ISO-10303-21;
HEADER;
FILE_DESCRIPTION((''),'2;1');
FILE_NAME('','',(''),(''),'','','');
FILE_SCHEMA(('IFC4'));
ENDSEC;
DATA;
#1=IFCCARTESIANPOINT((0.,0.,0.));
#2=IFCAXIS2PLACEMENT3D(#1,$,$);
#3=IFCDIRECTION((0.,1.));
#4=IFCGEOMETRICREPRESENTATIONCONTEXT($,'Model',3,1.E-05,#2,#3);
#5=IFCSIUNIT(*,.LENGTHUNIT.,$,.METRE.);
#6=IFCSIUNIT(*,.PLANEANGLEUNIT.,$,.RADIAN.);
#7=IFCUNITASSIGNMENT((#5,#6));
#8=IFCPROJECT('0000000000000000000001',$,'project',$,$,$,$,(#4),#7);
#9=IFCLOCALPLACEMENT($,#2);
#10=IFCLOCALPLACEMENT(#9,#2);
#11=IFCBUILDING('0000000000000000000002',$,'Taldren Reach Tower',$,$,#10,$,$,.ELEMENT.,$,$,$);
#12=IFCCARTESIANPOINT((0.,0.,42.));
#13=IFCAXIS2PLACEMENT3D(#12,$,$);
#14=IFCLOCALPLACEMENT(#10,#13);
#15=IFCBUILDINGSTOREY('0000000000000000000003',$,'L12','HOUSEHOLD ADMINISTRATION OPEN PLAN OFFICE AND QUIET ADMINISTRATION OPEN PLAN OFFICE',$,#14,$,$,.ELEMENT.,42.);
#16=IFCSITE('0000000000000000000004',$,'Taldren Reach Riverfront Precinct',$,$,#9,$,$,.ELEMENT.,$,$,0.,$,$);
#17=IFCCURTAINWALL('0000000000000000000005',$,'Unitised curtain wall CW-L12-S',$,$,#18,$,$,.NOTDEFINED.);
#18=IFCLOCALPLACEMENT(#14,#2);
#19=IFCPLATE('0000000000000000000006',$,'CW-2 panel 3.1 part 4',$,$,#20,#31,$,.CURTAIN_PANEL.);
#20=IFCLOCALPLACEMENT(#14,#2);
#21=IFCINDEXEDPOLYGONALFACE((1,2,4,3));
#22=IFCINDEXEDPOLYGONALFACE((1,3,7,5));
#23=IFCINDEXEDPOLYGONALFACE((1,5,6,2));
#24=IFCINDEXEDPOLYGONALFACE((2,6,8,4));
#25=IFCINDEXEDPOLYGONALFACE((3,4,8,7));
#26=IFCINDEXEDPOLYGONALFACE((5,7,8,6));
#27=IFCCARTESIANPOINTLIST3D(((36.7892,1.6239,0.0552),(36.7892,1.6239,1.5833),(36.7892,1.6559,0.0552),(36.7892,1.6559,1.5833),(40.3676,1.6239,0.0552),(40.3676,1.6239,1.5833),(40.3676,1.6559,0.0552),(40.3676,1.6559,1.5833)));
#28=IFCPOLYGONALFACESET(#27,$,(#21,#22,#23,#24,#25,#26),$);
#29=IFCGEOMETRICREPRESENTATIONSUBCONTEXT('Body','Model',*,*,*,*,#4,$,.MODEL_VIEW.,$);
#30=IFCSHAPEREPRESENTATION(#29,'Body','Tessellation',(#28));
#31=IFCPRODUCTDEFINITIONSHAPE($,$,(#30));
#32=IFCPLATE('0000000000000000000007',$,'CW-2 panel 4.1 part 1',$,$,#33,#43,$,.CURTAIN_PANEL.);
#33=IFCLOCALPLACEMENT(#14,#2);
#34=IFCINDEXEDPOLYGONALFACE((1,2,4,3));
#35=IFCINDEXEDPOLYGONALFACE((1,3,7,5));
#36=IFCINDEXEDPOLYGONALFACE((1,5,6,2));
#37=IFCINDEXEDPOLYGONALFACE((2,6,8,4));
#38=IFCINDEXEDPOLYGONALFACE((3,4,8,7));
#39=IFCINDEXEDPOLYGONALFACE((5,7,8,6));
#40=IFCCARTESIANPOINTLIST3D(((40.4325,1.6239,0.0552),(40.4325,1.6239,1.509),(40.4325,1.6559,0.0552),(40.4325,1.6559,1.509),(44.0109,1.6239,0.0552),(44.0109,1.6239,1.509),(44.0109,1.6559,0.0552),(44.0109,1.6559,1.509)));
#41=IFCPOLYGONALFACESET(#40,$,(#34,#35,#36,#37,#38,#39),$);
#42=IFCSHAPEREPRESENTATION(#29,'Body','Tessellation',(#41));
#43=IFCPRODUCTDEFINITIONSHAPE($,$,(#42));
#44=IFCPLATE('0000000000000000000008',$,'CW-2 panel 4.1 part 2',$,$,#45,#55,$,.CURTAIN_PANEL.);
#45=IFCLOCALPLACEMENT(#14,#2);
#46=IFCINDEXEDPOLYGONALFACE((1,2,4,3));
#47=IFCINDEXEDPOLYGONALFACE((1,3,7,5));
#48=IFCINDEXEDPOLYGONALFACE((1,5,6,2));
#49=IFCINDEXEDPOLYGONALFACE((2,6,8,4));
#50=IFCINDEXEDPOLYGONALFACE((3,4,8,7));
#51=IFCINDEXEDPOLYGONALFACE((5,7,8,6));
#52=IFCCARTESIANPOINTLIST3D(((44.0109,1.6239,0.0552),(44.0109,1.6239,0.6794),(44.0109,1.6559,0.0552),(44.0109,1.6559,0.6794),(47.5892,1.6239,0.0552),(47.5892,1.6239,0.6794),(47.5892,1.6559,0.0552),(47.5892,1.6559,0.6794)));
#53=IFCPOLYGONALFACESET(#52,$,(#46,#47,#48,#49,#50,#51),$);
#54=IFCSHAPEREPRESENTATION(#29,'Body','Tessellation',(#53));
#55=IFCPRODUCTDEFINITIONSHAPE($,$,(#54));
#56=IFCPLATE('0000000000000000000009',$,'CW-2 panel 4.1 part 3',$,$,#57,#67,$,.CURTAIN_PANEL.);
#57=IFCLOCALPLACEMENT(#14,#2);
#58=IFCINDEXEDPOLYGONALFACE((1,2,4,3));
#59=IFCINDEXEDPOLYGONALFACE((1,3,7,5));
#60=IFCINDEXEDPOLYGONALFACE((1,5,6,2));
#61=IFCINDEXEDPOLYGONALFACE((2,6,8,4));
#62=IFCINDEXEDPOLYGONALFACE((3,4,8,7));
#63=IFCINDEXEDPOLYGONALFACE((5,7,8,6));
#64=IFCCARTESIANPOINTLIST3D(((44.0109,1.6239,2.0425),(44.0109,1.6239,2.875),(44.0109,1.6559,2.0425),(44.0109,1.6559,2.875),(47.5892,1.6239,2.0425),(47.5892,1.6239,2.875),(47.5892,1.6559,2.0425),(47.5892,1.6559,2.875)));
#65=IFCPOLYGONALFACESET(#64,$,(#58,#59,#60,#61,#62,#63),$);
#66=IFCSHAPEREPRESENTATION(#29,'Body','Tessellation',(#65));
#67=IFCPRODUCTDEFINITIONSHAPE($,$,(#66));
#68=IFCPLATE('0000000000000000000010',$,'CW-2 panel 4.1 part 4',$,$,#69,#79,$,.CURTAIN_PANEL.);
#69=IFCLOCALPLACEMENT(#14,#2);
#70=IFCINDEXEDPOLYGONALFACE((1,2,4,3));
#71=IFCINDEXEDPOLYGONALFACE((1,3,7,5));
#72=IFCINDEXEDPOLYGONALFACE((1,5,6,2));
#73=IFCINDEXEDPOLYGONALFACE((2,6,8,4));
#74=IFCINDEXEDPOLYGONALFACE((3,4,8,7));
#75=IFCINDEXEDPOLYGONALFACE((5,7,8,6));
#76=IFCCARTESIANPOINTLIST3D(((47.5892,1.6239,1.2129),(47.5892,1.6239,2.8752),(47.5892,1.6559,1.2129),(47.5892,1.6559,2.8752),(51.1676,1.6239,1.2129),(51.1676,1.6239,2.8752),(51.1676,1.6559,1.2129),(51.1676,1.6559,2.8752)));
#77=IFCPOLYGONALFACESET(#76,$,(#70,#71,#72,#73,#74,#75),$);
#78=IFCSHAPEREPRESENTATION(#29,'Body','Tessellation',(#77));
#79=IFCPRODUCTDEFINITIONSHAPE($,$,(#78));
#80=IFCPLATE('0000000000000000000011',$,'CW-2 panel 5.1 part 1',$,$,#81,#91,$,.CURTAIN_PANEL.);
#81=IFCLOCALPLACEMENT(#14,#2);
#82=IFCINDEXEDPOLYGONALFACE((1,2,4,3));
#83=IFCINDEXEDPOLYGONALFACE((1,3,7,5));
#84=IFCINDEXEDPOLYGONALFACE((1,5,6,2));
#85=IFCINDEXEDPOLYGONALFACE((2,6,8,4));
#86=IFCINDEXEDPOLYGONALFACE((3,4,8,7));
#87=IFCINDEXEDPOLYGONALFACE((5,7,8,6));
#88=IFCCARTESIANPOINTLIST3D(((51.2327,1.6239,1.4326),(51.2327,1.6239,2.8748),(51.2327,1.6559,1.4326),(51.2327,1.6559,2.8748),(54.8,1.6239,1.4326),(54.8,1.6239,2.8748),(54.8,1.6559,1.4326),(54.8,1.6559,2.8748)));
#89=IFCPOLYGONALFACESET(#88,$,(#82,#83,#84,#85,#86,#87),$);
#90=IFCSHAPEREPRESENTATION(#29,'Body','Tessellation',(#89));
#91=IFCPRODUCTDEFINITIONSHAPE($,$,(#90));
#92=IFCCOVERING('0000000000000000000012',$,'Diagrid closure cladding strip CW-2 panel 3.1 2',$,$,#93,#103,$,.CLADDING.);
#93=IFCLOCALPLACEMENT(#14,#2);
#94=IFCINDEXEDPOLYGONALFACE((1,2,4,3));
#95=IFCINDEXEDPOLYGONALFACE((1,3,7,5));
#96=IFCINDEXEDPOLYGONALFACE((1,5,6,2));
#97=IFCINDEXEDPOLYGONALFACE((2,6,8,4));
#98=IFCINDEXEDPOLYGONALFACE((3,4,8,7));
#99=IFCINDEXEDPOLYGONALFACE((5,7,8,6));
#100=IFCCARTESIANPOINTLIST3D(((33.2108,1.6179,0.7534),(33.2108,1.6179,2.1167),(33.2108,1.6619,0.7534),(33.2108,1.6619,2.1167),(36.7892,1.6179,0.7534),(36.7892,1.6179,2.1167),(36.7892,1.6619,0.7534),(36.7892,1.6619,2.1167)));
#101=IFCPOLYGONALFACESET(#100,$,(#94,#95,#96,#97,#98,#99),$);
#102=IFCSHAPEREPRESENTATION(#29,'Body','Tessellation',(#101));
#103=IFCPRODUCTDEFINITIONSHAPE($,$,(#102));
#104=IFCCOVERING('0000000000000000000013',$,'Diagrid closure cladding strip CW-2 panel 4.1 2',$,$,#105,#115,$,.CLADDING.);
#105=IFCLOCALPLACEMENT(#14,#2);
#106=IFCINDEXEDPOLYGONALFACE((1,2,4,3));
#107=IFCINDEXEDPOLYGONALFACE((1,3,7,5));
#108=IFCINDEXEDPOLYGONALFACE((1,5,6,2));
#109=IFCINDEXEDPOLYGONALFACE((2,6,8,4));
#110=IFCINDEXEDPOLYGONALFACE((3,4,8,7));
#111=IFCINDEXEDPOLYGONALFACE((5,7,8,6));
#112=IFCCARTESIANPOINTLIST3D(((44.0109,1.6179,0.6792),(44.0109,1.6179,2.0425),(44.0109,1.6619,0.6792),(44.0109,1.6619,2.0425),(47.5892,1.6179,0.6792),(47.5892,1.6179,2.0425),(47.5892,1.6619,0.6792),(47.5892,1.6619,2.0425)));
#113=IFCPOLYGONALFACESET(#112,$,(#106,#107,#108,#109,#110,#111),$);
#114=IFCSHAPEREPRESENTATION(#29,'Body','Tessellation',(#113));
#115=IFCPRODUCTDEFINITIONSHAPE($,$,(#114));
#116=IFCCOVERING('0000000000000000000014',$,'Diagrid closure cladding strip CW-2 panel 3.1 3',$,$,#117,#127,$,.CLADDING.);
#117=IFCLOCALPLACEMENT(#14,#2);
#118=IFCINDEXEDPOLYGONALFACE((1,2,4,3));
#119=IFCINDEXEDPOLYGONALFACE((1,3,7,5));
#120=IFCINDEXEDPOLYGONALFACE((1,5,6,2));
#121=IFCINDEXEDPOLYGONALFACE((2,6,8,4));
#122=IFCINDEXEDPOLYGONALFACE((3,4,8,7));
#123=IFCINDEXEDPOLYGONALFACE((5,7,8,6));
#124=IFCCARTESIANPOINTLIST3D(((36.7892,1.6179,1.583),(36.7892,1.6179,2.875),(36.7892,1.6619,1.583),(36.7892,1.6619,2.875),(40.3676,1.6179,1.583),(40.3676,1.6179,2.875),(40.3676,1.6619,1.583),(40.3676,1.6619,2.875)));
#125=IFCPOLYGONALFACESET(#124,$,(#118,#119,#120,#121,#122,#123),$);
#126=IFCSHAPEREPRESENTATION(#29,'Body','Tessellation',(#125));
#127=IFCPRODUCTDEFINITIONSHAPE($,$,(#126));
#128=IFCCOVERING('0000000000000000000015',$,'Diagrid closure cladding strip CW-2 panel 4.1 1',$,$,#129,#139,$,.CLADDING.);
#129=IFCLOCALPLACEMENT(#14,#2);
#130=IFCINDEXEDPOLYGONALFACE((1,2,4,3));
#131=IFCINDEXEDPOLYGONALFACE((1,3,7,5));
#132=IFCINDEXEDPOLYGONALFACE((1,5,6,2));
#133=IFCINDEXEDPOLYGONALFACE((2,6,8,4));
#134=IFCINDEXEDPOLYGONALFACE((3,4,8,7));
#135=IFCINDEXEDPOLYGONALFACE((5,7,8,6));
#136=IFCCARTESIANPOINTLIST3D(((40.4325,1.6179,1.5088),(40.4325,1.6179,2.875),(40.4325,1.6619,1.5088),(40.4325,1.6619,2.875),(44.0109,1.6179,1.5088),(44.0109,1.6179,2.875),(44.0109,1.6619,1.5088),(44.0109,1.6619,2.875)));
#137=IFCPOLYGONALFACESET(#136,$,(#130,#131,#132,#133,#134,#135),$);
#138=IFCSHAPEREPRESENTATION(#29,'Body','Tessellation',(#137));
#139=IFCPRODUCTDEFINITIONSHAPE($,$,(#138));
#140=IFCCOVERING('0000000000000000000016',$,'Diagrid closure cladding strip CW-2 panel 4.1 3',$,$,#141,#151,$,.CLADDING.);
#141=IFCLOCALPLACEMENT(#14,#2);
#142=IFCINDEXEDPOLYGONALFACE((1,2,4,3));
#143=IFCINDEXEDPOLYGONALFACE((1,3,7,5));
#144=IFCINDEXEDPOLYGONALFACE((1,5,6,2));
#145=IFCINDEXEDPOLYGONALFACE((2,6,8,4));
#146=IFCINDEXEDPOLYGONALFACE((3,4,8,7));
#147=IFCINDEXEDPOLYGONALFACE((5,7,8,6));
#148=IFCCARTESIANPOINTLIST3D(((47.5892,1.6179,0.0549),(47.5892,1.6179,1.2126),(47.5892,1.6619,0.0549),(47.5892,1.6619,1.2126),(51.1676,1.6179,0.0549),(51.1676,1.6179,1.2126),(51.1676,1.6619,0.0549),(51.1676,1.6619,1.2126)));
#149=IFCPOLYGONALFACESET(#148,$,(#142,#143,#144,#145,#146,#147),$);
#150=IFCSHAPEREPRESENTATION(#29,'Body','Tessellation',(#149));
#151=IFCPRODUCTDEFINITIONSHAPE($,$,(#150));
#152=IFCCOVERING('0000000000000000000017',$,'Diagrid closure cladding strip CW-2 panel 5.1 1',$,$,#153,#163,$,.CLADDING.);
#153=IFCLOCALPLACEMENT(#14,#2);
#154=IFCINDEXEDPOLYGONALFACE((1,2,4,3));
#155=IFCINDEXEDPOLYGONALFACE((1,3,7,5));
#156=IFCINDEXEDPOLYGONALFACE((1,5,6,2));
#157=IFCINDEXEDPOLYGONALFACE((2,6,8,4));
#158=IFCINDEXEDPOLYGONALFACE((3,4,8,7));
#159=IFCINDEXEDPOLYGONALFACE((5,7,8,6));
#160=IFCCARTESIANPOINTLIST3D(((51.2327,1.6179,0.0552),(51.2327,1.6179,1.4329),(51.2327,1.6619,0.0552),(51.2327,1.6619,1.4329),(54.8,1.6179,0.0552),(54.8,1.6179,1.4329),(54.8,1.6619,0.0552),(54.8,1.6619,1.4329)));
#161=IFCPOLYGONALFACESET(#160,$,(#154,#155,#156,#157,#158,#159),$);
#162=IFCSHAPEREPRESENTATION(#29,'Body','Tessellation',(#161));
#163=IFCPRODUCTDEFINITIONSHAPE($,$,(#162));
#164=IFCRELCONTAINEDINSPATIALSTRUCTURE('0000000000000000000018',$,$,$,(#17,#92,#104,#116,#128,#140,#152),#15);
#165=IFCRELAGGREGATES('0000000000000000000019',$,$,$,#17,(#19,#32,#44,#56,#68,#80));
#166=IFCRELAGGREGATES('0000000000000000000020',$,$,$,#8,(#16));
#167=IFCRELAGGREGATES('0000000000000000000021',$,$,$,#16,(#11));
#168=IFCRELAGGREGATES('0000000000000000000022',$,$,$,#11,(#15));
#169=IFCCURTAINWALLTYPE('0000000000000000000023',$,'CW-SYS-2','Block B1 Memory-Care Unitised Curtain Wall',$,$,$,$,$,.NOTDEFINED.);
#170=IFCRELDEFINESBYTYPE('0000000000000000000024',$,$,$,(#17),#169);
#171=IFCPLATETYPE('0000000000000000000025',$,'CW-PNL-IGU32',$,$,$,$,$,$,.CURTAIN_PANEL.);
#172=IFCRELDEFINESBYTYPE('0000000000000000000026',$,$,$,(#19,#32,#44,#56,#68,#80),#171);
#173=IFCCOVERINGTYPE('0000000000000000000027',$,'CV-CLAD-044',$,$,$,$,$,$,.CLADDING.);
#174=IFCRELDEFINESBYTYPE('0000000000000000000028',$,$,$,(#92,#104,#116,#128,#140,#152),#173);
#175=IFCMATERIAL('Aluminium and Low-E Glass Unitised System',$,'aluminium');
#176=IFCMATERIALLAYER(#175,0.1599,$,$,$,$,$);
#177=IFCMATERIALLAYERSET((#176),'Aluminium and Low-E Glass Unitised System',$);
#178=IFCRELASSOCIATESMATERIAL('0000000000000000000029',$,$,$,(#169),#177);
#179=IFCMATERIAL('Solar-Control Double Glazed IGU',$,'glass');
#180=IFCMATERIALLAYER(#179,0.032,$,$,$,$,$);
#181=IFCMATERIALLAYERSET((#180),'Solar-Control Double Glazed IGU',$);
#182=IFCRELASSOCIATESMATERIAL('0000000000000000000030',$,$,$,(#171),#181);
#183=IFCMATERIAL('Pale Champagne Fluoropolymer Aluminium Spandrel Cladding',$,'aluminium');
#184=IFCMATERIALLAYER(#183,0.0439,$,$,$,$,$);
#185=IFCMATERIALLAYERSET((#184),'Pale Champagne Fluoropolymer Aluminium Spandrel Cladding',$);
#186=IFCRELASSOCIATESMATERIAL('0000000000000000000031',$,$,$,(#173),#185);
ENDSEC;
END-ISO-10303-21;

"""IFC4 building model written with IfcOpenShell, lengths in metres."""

from ifc_helpers import new_model, si_unit, direction, frame, origin, origin_2d, place, context, subcontext, project, spatial, rectangle, extrude, source, transform, mapped, material, layer, layer_set, type_object, element, aggregate, save


model = new_model("IFC4")

# Units and contexts
model_context = context("Model", 3, precision=1e-05, world=origin(), true_north=direction((0.0, 1.0)))
body_context = subcontext(model_context, "Body", "Model", "MODEL_VIEW")
ifc_project = project(units=[si_unit("LENGTHUNIT", "METRE"), si_unit("PLANEANGLEUNIT", "RADIAN")], contexts=[model_context])

# Site, building, storey
site_placement = place(None, origin())
site = spatial("IfcSite", under=ifc_project, at=site_placement, Name="Taldren Reach Riverfront Precinct", CompositionType="ELEMENT", RefElevation=0.0)
building_placement = place(site_placement, origin())
building = spatial("IfcBuilding", under=site, at=building_placement, Name="Taldren Reach Tower", CompositionType="ELEMENT")
storey_placement = place(building_placement, frame((0.0, 0.0, 42.0)))
storey = spatial("IfcBuildingStorey", under=building, at=storey_placement, Name="L12", Description="HOUSEHOLD ADMINISTRATION OPEN PLAN OFFICE AND QUIET ADMINISTRATION OPEN PLAN OFFICE", CompositionType="ELEMENT", Elevation=42.0)

# Curtain wall
ifc_material_1 = material(Name="Aluminium and Low-E Glass Unitised System", Category="aluminium")
ifc_layer_1 = layer(ifc_material_1, 0.1599)
ifc_layer_set_1 = layer_set([ifc_layer_1], Name="Aluminium and Low-E Glass Unitised System")
curtain_wall_type = type_object("IfcCurtainWallType", Name="CW-SYS-2", Description="Block B1 Memory-Care Unitised Curtain Wall", PredefinedType="NOTDEFINED", material=ifc_layer_set_1)
curtain_wall_placement = place(storey_placement, origin())
curtain_wall = element("IfcCurtainWall", 1, at=curtain_wall_placement, inside=storey, type_object=curtain_wall_type, Name="Unitised curtain wall CW-L12-S", PredefinedType="NOTDEFINED")

# Plates
ifc_material_2 = material(Name="Solar-Control Double Glazed IGU", Category="glass")
ifc_layer_2 = layer(ifc_material_2, 0.032)
ifc_layer_set_2 = layer_set([ifc_layer_2], Name="Solar-Control Double Glazed IGU")
plate_type_1 = type_object("IfcPlateType", Name="CW-PNL-IGU32", PredefinedType="CURTAIN_PANEL", material=ifc_layer_set_2)
shared_shape_1 = source(origin(), body_context, "Body", "SweptSolid", [
    extrude(rectangle(XDim=3.5784, YDim=0.032, at=origin_2d()), origin(), (0.0, 0.0, 1.0), 1.5281),
])
plate_1_placement = place(storey_placement, frame((38.5784, 1.6399, 0.0552), z_axis=(0.0, 0.0, 1.0), x_axis=(1.0, 0.0, 0.0)))
plate_1 = element("IfcPlate", 2, at=plate_1_placement, type_object=plate_type_1, Name="CW-2 panel 3.1 part 4", PredefinedType="CURTAIN_PANEL", context=body_context, shape_type="MappedRepresentation", body=[
    mapped(shared_shape_1, transform((0.0, 0.0, 0.0), scale=1.0)),
])
shared_shape_2 = source(origin(), body_context, "Body", "SweptSolid", [
    extrude(rectangle(XDim=3.5784, YDim=0.032, at=origin_2d()), origin(), (0.0, 0.0, 1.0), 1.4539),
])
plate_2_placement = place(storey_placement, frame((42.2217, 1.6399, 0.0552), z_axis=(0.0, 0.0, 1.0), x_axis=(1.0, 0.0, 0.0)))
plate_2 = element("IfcPlate", 3, at=plate_2_placement, type_object=plate_type_1, Name="CW-2 panel 4.1 part 1", PredefinedType="CURTAIN_PANEL", context=body_context, shape_type="MappedRepresentation", body=[
    mapped(shared_shape_2, transform((0.0, 0.0, 0.0), scale=1.0)),
])
shared_shape_3 = source(origin(), body_context, "Body", "SweptSolid", [
    extrude(rectangle(XDim=3.5784, YDim=0.032, at=origin_2d()), origin(), (0.0, 0.0, 1.0), 0.6243),
])
plate_3_placement = place(storey_placement, frame((45.8, 1.6399, 0.0552), z_axis=(0.0, 0.0, 1.0), x_axis=(1.0, 0.0, 0.0)))
plate_3 = element("IfcPlate", 4, at=plate_3_placement, type_object=plate_type_1, Name="CW-2 panel 4.1 part 2", PredefinedType="CURTAIN_PANEL", context=body_context, shape_type="MappedRepresentation", body=[
    mapped(shared_shape_3, transform((0.0, 0.0, 0.0), scale=1.0)),
])
shared_shape_4 = source(origin(), body_context, "Body", "SweptSolid", [
    extrude(rectangle(XDim=3.5784, YDim=0.032, at=origin_2d()), origin(), (0.0, 0.0, 1.0), 0.8325),
])
plate_4_placement = place(storey_placement, frame((45.8, 1.6399, 2.0425), z_axis=(0.0, 0.0, 1.0), x_axis=(1.0, 0.0, 0.0)))
plate_4 = element("IfcPlate", 5, at=plate_4_placement, type_object=plate_type_1, Name="CW-2 panel 4.1 part 3", PredefinedType="CURTAIN_PANEL", context=body_context, shape_type="MappedRepresentation", body=[
    mapped(shared_shape_4, transform((0.0, 0.0, 0.0), scale=1.0)),
])
shared_shape_5 = source(origin(), body_context, "Body", "SweptSolid", [
    extrude(rectangle(XDim=3.5784, YDim=0.032, at=origin_2d()), origin(), (0.0, 0.0, 1.0), 1.6624),
])
plate_5_placement = place(storey_placement, frame((49.3784, 1.6399, 1.2129), z_axis=(0.0, 0.0, 1.0), x_axis=(1.0, 0.0, 0.0)))
plate_5 = element("IfcPlate", 6, at=plate_5_placement, type_object=plate_type_1, Name="CW-2 panel 4.1 part 4", PredefinedType="CURTAIN_PANEL", context=body_context, shape_type="MappedRepresentation", body=[
    mapped(shared_shape_5, transform((0.0, 0.0, 0.0), scale=1.0)),
])
shared_shape_6 = source(origin(), body_context, "Body", "SweptSolid", [
    extrude(rectangle(XDim=3.5674, YDim=0.032, at=origin_2d()), origin(), (0.0, 0.0, 1.0), 1.4421),
])
plate_6_placement = place(storey_placement, frame((53.0164, 1.6399, 1.4326), z_axis=(0.0, 0.0, 1.0), x_axis=(1.0, 0.0, 0.0)))
plate_6 = element("IfcPlate", 7, at=plate_6_placement, type_object=plate_type_1, Name="CW-2 panel 5.1 part 1", PredefinedType="CURTAIN_PANEL", context=body_context, shape_type="MappedRepresentation", body=[
    mapped(shared_shape_6, transform((0.0, 0.0, 0.0), scale=1.0)),
])
aggregate(curtain_wall, [plate_1, plate_2, plate_3, plate_4, plate_5, plate_6])

# Coverings
ifc_material_3 = material(Name="Pale Champagne Fluoropolymer Aluminium Spandrel Cladding", Category="aluminium")
ifc_layer_3 = layer(ifc_material_3, 0.0439)
ifc_layer_set_3 = layer_set([ifc_layer_3], Name="Pale Champagne Fluoropolymer Aluminium Spandrel Cladding")
covering_type = type_object("IfcCoveringType", Name="CV-CLAD-044", PredefinedType="CLADDING", material=ifc_layer_set_3)
shared_shape_7 = source(origin(), body_context, "Body", "SweptSolid", [
    extrude(rectangle(XDim=3.5784, YDim=0.0439, at=origin_2d()), origin(), (0.0, 0.0, 1.0), 1.3633),
])
for number, where, z_axis, x_axis, name in (
    (8, (35.0, 1.6399, 0.7534), (0.0, 0.0, 1.0), (1.0, 0.0, 0.0), "Diagrid closure cladding strip CW-2 panel 3.1 2"),
    (9, (45.8, 1.6399, 0.6792), (0.0, 0.0, 1.0), (1.0, 0.0, 0.0), "Diagrid closure cladding strip CW-2 panel 4.1 2"),
):
    element("IfcCovering", number, at=place(storey_placement, frame(where, z_axis=z_axis, x_axis=x_axis)), inside=storey, type_object=covering_type, Name=name, PredefinedType="CLADDING", context=body_context, shape_type="MappedRepresentation", body=[
        mapped(shared_shape_7, transform((0.0, 0.0, 0.0), scale=1.0)),
    ])
shared_shape_8 = source(origin(), body_context, "Body", "SweptSolid", [
    extrude(rectangle(XDim=3.5784, YDim=0.0439, at=origin_2d()), origin(), (0.0, 0.0, 1.0), 1.292),
])
covering_1_placement = place(storey_placement, frame((38.5784, 1.6399, 1.583), z_axis=(0.0, 0.0, 1.0), x_axis=(1.0, 0.0, 0.0)))
element("IfcCovering", 10, at=covering_1_placement, inside=storey, type_object=covering_type, Name="Diagrid closure cladding strip CW-2 panel 3.1 3", PredefinedType="CLADDING", context=body_context, shape_type="MappedRepresentation", body=[
    mapped(shared_shape_8, transform((0.0, 0.0, 0.0), scale=1.0)),
])
shared_shape_9 = source(origin(), body_context, "Body", "SweptSolid", [
    extrude(rectangle(XDim=3.5784, YDim=0.0439, at=origin_2d()), origin(), (0.0, 0.0, 1.0), 1.3662),
])
covering_2_placement = place(storey_placement, frame((42.2217, 1.6399, 1.5088), z_axis=(0.0, 0.0, 1.0), x_axis=(1.0, 0.0, 0.0)))
element("IfcCovering", 11, at=covering_2_placement, inside=storey, type_object=covering_type, Name="Diagrid closure cladding strip CW-2 panel 4.1 1", PredefinedType="CLADDING", context=body_context, shape_type="MappedRepresentation", body=[
    mapped(shared_shape_9, transform((0.0, 0.0, 0.0), scale=1.0)),
])
shared_shape_10 = source(origin(), body_context, "Body", "SweptSolid", [
    extrude(rectangle(XDim=3.5784, YDim=0.0439, at=origin_2d()), origin(), (0.0, 0.0, 1.0), 1.1577),
])
covering_3_placement = place(storey_placement, frame((49.3784, 1.6399, 0.0549), z_axis=(0.0, 0.0, 1.0), x_axis=(1.0, 0.0, 0.0)))
element("IfcCovering", 12, at=covering_3_placement, inside=storey, type_object=covering_type, Name="Diagrid closure cladding strip CW-2 panel 4.1 3", PredefinedType="CLADDING", context=body_context, shape_type="MappedRepresentation", body=[
    mapped(shared_shape_10, transform((0.0, 0.0, 0.0), scale=1.0)),
])
shared_shape_11 = source(origin(), body_context, "Body", "SweptSolid", [
    extrude(rectangle(XDim=3.5674, YDim=0.0439, at=origin_2d()), origin(), (0.0, 0.0, 1.0), 1.3777),
])
covering_4_placement = place(storey_placement, frame((53.0164, 1.6399, 0.0552), z_axis=(0.0, 0.0, 1.0), x_axis=(1.0, 0.0, 0.0)))
element("IfcCovering", 13, at=covering_4_placement, inside=storey, type_object=covering_type, Name="Diagrid closure cladding strip CW-2 panel 5.1 1", PredefinedType="CLADDING", context=body_context, shape_type="MappedRepresentation", body=[
    mapped(shared_shape_11, transform((0.0, 0.0, 0.0), scale=1.0)),
])

save(model, "model.ifc")
